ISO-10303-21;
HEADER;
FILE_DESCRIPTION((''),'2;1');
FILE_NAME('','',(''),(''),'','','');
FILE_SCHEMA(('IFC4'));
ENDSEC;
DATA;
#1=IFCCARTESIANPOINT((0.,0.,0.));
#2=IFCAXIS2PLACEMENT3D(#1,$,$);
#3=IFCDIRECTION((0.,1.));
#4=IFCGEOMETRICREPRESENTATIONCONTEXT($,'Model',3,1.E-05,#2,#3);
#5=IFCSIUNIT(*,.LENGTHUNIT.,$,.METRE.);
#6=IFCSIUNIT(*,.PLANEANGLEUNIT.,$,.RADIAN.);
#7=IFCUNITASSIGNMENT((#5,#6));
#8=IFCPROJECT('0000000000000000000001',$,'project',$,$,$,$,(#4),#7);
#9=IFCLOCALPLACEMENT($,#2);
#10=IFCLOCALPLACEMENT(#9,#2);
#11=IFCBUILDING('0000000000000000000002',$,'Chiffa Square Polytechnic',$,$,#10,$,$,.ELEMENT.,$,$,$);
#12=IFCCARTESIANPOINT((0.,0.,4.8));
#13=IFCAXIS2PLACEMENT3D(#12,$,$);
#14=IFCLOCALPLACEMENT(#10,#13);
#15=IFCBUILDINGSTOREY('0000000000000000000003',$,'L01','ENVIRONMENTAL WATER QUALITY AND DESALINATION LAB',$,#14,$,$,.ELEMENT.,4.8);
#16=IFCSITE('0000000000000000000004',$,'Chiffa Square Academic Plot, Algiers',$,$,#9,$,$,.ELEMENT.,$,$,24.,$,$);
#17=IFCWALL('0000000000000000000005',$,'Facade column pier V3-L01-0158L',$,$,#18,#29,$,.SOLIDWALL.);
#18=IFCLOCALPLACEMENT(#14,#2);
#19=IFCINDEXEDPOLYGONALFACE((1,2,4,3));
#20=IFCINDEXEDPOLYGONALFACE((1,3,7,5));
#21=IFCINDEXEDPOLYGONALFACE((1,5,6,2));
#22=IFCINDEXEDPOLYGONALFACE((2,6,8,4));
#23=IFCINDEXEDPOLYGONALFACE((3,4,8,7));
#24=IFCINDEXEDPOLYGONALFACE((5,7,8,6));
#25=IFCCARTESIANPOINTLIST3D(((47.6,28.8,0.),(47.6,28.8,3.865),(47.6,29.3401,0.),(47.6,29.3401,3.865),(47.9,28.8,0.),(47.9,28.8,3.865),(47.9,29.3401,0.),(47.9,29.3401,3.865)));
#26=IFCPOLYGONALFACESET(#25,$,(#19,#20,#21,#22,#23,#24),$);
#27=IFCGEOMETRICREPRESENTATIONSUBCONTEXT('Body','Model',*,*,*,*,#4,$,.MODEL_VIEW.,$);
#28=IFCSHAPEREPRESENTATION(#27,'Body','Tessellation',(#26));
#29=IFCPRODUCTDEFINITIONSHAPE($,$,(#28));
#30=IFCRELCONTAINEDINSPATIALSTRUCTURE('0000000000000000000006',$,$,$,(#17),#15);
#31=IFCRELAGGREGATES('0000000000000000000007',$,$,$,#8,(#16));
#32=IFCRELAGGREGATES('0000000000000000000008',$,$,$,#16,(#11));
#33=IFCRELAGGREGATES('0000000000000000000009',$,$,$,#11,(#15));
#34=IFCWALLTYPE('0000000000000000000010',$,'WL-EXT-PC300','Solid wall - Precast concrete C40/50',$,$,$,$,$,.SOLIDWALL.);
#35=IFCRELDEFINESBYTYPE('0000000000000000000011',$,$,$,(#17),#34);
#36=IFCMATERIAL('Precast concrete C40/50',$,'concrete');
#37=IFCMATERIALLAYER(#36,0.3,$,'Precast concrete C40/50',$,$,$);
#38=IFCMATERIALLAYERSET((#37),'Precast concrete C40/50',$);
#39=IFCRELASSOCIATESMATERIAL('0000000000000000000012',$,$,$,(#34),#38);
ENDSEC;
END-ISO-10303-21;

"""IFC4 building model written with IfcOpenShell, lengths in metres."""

from ifc_helpers import new_model, si_unit, direction, frame, frame_2d, origin, place, context, subcontext, project, spatial, rectangle, extrude, material, layer, layer_set, type_object, element, save


model = new_model("IFC4")

# Units and contexts
model_context = context("Model", 3, precision=1e-05, world=origin(), true_north=direction((0.0, 1.0)))
body_context = subcontext(model_context, "Body", "Model", "MODEL_VIEW")
ifc_project = project(units=[si_unit("LENGTHUNIT", "METRE"), si_unit("PLANEANGLEUNIT", "RADIAN")], contexts=[model_context])

# Site, building, storey
site_placement = place(None, origin())
site = spatial("IfcSite", under=ifc_project, at=site_placement, Name="Chiffa Square Academic Plot, Algiers", CompositionType="ELEMENT", RefElevation=24.0)
building_placement = place(site_placement, origin())
building = spatial("IfcBuilding", under=site, at=building_placement, Name="Chiffa Square Polytechnic", CompositionType="ELEMENT")
storey_placement = place(building_placement, frame((0.0, 0.0, 4.8)))
storey = spatial("IfcBuildingStorey", under=building, at=storey_placement, Name="L01", Description="ENVIRONMENTAL WATER QUALITY AND DESALINATION LAB", CompositionType="ELEMENT", Elevation=4.8)

# Wall
ifc_material_1 = material(Name="Precast concrete C40/50", Category="concrete")
ifc_layer_1 = layer(ifc_material_1, 0.3, Name="Precast concrete C40/50")
ifc_layer_set_1 = layer_set([ifc_layer_1], Name="Precast concrete C40/50")
wall_type = type_object("IfcWallType", Name="WL-EXT-PC300", Description="Solid wall - Precast concrete C40/50", PredefinedType="SOLIDWALL", material=ifc_layer_set_1)
for number, where, z_axis, x_axis, name in (
    (1, (47.75, 28.8, 0.0), (0.0, 0.0, 1.0), (0.0, 1.0, 0.0), "Facade column pier V3-L01-0158L"),
):
    element("IfcWall", number, at=place(storey_placement, frame(where, z_axis=z_axis, x_axis=x_axis)), inside=storey, type_object=wall_type, Name=name, PredefinedType="SOLIDWALL", context=body_context, shape_type="SweptSolid", body=[
        extrude(rectangle(XDim=0.54, YDim=0.3, at=frame_2d((0.27, 0.0))), origin(), (0.0, 0.0, 1.0), 3.865),
    ])

save(model, "model.ifc")
